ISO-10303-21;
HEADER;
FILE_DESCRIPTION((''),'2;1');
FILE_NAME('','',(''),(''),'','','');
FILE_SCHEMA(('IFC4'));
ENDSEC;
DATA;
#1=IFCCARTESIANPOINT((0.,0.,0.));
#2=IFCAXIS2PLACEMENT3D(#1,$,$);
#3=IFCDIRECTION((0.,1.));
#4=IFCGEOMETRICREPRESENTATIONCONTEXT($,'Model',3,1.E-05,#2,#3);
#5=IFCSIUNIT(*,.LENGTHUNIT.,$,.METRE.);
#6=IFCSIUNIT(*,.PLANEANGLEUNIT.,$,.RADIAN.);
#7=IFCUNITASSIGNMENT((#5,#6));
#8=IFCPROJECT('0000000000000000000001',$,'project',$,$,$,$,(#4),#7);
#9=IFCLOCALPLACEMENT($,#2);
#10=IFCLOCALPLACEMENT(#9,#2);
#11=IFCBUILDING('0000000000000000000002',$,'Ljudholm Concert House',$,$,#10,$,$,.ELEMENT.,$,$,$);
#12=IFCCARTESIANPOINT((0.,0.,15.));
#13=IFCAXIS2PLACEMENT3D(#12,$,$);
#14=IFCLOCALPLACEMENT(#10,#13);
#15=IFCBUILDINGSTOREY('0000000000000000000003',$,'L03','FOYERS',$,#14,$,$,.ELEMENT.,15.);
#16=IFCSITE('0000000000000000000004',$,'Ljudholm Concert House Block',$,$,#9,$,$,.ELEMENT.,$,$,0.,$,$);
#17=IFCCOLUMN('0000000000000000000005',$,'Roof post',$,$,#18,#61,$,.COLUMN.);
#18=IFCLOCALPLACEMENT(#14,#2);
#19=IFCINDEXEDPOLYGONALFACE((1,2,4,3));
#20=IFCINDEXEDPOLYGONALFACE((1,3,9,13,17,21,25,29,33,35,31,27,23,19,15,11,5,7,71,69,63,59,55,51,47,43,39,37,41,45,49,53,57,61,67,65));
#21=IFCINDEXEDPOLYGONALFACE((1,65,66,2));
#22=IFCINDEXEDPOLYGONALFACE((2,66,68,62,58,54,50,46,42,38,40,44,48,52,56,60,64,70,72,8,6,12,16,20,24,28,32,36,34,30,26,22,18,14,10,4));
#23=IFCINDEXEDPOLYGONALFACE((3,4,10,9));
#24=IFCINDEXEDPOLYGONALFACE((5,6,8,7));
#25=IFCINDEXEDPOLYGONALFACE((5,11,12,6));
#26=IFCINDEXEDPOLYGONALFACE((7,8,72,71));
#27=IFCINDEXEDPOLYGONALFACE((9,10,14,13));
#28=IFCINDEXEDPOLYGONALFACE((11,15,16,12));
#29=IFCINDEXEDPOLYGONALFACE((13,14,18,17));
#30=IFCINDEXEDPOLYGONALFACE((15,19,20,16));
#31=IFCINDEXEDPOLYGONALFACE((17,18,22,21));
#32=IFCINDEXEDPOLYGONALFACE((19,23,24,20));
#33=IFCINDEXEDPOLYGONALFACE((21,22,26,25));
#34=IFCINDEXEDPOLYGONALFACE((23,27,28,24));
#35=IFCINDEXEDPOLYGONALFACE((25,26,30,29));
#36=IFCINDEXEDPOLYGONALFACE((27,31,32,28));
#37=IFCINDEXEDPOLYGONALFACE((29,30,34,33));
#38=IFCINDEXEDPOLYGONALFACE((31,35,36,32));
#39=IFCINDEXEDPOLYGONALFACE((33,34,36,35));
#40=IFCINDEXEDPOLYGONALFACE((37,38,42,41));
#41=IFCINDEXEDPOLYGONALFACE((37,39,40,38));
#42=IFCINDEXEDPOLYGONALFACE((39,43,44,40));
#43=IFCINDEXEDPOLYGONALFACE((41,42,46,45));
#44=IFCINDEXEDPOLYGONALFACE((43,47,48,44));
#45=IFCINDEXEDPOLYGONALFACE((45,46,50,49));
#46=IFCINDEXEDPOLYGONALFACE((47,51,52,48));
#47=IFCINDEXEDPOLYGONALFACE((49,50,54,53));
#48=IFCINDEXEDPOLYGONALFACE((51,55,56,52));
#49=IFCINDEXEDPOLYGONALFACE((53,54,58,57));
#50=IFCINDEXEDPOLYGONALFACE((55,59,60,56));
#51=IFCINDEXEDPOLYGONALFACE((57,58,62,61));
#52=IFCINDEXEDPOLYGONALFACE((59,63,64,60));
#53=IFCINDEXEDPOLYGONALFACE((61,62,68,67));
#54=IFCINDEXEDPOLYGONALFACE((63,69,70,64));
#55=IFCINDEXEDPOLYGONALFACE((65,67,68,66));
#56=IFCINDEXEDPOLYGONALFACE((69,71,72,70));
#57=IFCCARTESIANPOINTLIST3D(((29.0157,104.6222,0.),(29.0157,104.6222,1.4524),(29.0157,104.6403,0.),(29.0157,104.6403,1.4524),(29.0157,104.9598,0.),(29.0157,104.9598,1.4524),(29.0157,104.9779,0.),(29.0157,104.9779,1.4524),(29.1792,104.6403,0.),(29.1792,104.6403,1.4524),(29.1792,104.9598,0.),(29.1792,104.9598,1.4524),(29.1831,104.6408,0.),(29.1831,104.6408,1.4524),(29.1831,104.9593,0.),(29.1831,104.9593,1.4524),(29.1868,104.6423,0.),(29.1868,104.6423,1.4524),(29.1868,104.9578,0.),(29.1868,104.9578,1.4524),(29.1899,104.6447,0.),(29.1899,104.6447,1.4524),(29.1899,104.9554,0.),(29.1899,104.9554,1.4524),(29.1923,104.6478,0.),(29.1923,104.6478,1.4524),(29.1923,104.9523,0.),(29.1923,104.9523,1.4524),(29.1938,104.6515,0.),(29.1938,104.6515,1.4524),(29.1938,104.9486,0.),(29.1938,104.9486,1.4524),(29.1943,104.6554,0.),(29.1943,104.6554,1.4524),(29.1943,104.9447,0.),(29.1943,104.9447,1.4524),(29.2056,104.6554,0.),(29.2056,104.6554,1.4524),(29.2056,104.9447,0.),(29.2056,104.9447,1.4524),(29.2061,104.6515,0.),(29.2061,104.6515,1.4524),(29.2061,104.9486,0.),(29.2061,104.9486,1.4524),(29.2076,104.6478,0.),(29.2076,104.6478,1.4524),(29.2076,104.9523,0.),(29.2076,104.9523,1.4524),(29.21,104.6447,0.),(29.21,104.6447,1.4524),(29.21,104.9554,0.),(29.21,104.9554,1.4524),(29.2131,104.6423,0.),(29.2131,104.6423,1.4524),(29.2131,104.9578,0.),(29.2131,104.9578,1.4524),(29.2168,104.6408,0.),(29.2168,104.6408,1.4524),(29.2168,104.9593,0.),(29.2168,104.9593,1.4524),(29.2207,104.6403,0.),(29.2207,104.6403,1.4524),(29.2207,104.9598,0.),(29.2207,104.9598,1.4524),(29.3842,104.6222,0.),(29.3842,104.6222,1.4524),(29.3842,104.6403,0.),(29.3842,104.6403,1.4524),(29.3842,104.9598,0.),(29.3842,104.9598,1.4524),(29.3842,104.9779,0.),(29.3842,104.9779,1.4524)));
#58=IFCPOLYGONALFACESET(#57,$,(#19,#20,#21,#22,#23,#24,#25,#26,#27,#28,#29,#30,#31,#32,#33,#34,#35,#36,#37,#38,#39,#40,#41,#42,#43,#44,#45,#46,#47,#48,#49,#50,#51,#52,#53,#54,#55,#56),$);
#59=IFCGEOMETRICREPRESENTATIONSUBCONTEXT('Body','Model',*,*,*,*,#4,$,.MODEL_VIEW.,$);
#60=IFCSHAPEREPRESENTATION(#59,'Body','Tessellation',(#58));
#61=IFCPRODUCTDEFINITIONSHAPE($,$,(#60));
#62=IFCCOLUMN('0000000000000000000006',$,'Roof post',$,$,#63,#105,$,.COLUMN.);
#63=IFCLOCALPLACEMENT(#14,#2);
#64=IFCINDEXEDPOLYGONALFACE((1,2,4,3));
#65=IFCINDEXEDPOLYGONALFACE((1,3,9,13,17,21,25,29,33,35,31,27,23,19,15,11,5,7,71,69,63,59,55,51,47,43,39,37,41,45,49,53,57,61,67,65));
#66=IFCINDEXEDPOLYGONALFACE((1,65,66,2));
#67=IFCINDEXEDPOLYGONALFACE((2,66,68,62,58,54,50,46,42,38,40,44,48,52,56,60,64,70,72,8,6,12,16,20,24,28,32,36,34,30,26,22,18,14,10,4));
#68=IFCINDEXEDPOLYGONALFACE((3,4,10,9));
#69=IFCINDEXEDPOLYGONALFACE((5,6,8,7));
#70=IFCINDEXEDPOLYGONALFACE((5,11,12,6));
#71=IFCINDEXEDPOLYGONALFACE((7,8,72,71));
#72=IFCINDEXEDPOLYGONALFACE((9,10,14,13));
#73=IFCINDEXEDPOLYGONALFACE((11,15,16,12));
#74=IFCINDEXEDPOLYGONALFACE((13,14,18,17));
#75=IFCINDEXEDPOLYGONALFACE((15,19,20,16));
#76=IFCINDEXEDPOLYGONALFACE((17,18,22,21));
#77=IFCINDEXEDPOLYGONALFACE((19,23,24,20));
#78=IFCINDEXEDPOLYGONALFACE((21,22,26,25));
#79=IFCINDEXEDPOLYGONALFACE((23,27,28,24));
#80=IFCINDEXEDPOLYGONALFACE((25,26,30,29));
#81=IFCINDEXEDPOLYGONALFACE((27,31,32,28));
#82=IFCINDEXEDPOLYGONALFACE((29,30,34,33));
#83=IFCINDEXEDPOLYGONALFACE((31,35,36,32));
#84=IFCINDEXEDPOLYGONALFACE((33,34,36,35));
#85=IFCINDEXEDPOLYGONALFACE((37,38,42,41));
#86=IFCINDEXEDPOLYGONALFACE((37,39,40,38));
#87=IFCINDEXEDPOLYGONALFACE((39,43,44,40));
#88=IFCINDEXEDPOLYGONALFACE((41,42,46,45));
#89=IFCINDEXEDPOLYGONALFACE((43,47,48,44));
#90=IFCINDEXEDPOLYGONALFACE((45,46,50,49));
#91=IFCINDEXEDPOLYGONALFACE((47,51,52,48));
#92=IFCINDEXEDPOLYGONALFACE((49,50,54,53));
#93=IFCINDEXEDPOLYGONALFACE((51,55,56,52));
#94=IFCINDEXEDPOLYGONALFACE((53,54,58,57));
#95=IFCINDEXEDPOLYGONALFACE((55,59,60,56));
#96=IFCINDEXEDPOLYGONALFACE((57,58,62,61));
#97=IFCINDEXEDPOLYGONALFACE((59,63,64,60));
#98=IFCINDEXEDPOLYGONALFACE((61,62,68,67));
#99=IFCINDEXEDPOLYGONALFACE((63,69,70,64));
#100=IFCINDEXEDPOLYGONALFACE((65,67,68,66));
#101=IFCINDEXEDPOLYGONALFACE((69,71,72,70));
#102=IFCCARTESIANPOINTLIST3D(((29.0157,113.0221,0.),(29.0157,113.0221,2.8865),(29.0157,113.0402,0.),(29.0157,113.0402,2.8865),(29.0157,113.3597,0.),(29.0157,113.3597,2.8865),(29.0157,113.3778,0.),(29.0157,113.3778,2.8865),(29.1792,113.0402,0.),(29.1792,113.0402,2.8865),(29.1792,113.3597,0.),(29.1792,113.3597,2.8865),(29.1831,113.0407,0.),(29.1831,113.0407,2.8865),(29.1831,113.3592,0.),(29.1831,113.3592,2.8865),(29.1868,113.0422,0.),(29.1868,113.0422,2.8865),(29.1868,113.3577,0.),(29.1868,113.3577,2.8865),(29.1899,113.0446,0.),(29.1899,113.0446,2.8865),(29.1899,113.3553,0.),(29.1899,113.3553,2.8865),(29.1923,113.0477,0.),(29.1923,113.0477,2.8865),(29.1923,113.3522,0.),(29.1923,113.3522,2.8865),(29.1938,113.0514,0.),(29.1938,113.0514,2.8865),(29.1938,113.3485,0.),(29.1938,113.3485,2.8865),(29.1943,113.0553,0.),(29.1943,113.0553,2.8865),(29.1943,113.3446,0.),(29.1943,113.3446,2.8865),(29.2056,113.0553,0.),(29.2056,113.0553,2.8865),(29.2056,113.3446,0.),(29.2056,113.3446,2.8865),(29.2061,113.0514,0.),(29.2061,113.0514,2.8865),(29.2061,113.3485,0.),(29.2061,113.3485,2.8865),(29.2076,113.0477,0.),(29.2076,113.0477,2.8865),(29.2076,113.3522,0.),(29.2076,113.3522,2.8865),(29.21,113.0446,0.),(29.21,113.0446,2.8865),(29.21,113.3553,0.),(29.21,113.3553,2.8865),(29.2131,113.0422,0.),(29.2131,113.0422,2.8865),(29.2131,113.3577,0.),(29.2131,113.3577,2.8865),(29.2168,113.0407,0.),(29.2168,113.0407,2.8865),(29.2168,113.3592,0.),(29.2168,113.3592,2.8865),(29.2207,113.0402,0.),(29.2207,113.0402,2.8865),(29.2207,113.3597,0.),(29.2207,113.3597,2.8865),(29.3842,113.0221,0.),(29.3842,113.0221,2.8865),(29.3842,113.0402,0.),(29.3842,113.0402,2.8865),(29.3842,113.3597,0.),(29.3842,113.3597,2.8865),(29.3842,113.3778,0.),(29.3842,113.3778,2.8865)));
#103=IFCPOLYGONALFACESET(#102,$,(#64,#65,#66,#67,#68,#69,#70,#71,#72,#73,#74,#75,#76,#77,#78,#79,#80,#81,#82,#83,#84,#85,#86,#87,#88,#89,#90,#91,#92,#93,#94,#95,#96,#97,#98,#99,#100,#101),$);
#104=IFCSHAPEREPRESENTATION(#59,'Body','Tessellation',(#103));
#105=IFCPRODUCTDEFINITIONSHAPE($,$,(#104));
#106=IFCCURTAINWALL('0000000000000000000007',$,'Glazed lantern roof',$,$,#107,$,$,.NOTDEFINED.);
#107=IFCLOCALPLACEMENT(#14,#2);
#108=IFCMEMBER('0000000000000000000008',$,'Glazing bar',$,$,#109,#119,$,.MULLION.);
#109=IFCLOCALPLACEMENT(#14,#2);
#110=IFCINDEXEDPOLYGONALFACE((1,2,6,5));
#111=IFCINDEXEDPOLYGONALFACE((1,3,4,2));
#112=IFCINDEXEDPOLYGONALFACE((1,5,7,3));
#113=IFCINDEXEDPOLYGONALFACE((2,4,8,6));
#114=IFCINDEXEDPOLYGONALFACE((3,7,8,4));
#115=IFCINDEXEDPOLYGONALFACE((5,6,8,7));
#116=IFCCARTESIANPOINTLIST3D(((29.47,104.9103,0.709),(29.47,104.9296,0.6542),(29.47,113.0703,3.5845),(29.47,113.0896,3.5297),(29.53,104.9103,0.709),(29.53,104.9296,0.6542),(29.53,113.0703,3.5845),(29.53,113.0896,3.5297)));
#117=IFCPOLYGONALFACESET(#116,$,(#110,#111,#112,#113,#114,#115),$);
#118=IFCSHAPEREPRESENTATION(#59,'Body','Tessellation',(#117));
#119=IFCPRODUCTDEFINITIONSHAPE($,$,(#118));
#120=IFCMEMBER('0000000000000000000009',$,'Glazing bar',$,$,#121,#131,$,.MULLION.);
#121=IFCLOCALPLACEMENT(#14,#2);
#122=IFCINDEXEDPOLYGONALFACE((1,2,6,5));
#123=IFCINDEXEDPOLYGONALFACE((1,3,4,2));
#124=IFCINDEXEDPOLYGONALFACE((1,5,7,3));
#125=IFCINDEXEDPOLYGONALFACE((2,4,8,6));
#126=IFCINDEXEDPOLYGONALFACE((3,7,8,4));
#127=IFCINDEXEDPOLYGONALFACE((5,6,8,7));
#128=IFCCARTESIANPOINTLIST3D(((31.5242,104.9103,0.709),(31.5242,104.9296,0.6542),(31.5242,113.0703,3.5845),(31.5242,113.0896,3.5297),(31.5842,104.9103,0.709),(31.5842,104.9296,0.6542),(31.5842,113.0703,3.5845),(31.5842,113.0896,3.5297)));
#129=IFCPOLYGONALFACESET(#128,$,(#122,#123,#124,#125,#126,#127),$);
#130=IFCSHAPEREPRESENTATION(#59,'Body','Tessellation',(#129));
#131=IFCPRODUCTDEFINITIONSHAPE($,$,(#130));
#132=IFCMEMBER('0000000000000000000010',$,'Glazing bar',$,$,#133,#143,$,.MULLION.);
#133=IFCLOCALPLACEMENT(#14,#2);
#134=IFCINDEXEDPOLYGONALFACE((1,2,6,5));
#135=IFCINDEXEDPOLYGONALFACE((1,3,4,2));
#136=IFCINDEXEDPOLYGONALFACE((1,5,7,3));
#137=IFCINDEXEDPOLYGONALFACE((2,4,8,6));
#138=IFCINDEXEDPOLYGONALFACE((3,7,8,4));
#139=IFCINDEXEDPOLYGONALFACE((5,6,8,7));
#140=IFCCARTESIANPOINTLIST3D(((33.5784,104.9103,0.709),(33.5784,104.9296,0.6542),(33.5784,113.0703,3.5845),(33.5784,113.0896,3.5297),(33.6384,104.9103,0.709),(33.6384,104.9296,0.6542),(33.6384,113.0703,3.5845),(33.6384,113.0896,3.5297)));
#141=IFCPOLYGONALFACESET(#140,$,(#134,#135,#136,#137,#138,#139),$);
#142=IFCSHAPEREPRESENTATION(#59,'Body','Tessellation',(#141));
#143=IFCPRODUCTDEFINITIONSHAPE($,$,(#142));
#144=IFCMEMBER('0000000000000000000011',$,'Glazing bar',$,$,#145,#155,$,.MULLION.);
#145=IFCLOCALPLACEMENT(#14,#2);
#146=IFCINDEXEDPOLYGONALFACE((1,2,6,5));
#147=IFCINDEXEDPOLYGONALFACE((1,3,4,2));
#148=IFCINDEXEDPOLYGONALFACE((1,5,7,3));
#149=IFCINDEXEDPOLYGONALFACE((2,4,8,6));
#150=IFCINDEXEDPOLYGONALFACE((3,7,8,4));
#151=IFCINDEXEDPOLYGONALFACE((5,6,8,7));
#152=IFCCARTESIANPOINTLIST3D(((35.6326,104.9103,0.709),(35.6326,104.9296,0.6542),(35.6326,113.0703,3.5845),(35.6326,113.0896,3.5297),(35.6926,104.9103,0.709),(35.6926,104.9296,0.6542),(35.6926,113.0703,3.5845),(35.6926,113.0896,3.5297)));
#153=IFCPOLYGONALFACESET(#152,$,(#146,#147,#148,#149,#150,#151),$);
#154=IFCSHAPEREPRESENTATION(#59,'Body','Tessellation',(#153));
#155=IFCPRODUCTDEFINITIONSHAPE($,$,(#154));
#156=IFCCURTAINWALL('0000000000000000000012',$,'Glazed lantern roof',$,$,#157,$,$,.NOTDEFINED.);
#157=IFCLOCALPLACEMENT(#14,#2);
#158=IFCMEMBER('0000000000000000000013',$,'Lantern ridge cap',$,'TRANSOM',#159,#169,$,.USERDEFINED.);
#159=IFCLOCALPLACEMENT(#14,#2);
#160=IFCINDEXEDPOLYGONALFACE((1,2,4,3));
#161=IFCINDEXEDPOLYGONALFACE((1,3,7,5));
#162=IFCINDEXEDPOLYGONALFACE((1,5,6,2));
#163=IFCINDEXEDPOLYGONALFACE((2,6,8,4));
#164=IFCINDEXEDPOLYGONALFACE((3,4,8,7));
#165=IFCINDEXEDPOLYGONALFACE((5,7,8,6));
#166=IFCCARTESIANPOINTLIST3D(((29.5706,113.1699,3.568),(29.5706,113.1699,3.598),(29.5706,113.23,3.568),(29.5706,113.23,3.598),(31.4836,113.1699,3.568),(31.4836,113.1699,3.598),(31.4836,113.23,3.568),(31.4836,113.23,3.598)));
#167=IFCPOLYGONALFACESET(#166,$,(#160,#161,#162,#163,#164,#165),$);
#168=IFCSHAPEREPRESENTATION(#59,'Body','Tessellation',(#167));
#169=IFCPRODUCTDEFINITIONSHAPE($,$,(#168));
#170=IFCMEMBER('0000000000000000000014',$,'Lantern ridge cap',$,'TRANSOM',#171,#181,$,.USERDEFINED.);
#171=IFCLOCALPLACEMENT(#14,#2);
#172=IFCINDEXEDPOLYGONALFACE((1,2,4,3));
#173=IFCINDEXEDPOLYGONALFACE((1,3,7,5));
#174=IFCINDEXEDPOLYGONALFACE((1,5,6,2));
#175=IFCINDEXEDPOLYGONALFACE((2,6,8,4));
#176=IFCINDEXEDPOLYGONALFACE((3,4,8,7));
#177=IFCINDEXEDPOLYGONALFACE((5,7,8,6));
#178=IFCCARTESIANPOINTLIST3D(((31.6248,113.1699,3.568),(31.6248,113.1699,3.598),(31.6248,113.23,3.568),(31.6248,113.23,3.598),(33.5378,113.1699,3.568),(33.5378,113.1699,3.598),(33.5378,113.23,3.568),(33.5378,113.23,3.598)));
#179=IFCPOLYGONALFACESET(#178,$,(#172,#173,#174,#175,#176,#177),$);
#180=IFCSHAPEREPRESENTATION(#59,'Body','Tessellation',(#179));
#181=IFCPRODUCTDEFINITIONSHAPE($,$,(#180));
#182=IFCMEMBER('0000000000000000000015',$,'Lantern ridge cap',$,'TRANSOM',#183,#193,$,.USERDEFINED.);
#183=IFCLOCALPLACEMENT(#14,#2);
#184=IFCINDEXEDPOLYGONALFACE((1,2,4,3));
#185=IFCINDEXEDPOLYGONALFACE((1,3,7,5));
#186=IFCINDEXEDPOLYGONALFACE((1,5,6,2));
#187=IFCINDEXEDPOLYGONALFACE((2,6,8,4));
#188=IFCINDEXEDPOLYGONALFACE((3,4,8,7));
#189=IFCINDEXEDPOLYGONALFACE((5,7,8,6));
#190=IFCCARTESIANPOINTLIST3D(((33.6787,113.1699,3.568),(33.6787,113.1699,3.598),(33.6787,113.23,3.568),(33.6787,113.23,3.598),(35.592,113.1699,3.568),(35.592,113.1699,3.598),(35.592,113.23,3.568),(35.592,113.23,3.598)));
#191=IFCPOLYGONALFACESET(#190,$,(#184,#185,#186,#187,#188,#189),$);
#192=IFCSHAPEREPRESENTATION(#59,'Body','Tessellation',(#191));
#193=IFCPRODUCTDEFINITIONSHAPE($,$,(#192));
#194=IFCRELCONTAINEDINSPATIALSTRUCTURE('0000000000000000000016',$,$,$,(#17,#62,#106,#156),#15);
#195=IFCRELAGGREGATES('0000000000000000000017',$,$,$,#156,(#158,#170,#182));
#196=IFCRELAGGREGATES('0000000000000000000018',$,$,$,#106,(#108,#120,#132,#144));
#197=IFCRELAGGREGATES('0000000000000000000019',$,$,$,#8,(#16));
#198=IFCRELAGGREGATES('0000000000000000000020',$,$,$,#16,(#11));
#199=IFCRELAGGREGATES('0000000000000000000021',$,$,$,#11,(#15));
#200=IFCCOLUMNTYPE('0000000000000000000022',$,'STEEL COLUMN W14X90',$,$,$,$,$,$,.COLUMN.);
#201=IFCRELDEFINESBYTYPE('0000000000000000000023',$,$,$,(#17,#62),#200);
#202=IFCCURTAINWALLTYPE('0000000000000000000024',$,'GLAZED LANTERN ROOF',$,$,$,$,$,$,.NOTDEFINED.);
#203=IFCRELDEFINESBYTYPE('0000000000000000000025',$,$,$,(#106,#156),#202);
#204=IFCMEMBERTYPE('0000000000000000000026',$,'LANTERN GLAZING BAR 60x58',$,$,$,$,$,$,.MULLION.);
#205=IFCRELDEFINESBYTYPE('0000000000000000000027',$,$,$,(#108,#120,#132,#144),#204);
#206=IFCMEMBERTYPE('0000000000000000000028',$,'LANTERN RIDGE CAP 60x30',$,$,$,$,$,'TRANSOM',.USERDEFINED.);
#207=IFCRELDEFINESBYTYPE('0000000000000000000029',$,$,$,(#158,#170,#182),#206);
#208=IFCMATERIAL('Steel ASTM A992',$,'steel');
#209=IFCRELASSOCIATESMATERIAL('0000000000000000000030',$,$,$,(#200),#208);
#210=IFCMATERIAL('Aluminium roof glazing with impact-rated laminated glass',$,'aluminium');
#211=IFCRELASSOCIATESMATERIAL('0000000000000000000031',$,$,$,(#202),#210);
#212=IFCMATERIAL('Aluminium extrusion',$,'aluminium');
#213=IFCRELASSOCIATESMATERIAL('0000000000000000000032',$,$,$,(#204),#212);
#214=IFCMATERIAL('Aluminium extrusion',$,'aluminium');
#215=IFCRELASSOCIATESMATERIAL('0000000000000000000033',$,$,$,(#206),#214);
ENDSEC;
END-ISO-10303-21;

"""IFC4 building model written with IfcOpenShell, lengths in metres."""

from ifc_helpers import new_model, si_unit, direction, frame, origin, origin_2d, place, context, subcontext, project, spatial, rectangle, i_section, extrude, material, material_profile, profile_set, type_object, element, aggregate, save


model = new_model("IFC4")

# Units and contexts
model_context = context("Model", 3, precision=1e-05, world=origin(), true_north=direction((0.0, 1.0)))
body_context = subcontext(model_context, "Body", "Model", "MODEL_VIEW")
ifc_project = project(units=[si_unit("LENGTHUNIT", "METRE"), si_unit("PLANEANGLEUNIT", "RADIAN")], contexts=[model_context])

# Site, building, storey
site_placement = place(None, origin())
site = spatial("IfcSite", under=ifc_project, at=site_placement, Name="Ljudholm Concert House Block", CompositionType="ELEMENT", RefElevation=0.0)
building_placement = place(site_placement, origin())
building = spatial("IfcBuilding", under=site, at=building_placement, Name="Ljudholm Concert House", CompositionType="ELEMENT")
storey_placement = place(building_placement, frame((0.0, 0.0, 15.0)))
storey = spatial("IfcBuildingStorey", under=building, at=storey_placement, Name="L03", Description="FOYERS", CompositionType="ELEMENT", Elevation=15.0)

# Columns
ifc_material_1 = material(Name="Steel ASTM A992", Category="steel")
ifc_material_profile_1 = material_profile(ifc_material_1, i_section(OverallWidth=0.3684, OverallDepth=0.3557, WebThickness=0.0112, FlangeThickness=0.0181, FilletRadius=0.0151, at=origin_2d()), Name="W14X90")
ifc_profile_set_1 = profile_set([ifc_material_profile_1], Name="Steel ASTM A992")
column_type = type_object("IfcColumnType", Name="STEEL COLUMN W14X90", PredefinedType="COLUMN", material=ifc_profile_set_1)
column_1_placement = place(storey_placement, frame((29.2, 104.8, 0.0), z_axis=(0.0, 0.0, 1.0), x_axis=(1.0, 0.0, 0.0)))
element("IfcColumn", 1, at=column_1_placement, inside=storey, type_object=column_type, Name="Roof post", PredefinedType="COLUMN", context=body_context, shape_type="SweptSolid", body=[
    extrude(i_section(OverallWidth=0.3684, OverallDepth=0.3557, WebThickness=0.0112, FlangeThickness=0.0181, FilletRadius=0.0151, at=origin_2d()), origin(), (0.0, 0.0, 1.0), 1.4524),
])
column_2_placement = place(storey_placement, frame((29.2, 113.2, 0.0), z_axis=(0.0, 0.0, 1.0), x_axis=(1.0, 0.0, 0.0)))
element("IfcColumn", 2, at=column_2_placement, inside=storey, type_object=column_type, Name="Roof post", PredefinedType="COLUMN", context=body_context, shape_type="SweptSolid", body=[
    extrude(i_section(OverallWidth=0.3684, OverallDepth=0.3557, WebThickness=0.0112, FlangeThickness=0.0181, FilletRadius=0.0151, at=origin_2d()), origin(), (0.0, 0.0, 1.0), 2.8865),
])

# Curtain walls, members
ifc_material_2 = material(Name="Aluminium roof glazing with impact-rated laminated glass", Category="aluminium")
curtain_wall_type = type_object("IfcCurtainWallType", Name="GLAZED LANTERN ROOF", PredefinedType="NOTDEFINED", material=ifc_material_2)
curtain_wall_1_placement = place(storey_placement, origin())
curtain_wall_1 = element("IfcCurtainWall", 3, at=curtain_wall_1_placement, inside=storey, type_object=curtain_wall_type, Name="Glazed lantern roof", PredefinedType="NOTDEFINED")
ifc_material_3 = material(Name="Aluminium extrusion", Category="aluminium")
ifc_material_profile_2 = material_profile(ifc_material_3, rectangle(XDim=0.0601, YDim=0.0581, at=origin_2d()), Name="LANTERN GLAZING BAR 60x58")
ifc_profile_set_2 = profile_set([ifc_material_profile_2], Name="Aluminium extrusion")
member_type_1 = type_object("IfcMemberType", Name="LANTERN GLAZING BAR 60x58", PredefinedType="MULLION", material=ifc_profile_set_2)
member_1_placement = place(storey_placement, frame((29.5, 104.9199, 0.6816), z_axis=(0.0, 0.943156, 0.332351), x_axis=(-1.0, 0.0, 0.0)))
member_1 = element("IfcMember", 4, at=member_1_placement, type_object=member_type_1, Name="Glazing bar", PredefinedType="MULLION", context=body_context, shape_type="SweptSolid", body=[
    extrude(rectangle(XDim=0.0601, YDim=0.0581, at=origin_2d()), origin(), (0.0, 0.0, 1.0), 8.6519),
])
member_2_placement = place(storey_placement, frame((31.5542, 104.9199, 0.6816), z_axis=(0.0, 0.943156, 0.332351), x_axis=(-1.0, 0.0, 0.0)))
member_2 = element("IfcMember", 5, at=member_2_placement, type_object=member_type_1, Name="Glazing bar", PredefinedType="MULLION", context=body_context, shape_type="SweptSolid", body=[
    extrude(rectangle(XDim=0.0601, YDim=0.0581, at=origin_2d()), origin(), (0.0, 0.0, 1.0), 8.6519),
])
member_3_placement = place(storey_placement, frame((33.6084, 104.9199, 0.6816), z_axis=(0.0, 0.943156, 0.332351), x_axis=(-1.0, 0.0, 0.0)))
member_3 = element("IfcMember", 6, at=member_3_placement, type_object=member_type_1, Name="Glazing bar", PredefinedType="MULLION", context=body_context, shape_type="SweptSolid", body=[
    extrude(rectangle(XDim=0.0601, YDim=0.0581, at=origin_2d()), origin(), (0.0, 0.0, 1.0), 8.6519),
])
member_4_placement = place(storey_placement, frame((35.6626, 104.9199, 0.6816), z_axis=(0.0, 0.943156, 0.332351), x_axis=(-1.0, 0.0, 0.0)))
member_4 = element("IfcMember", 7, at=member_4_placement, type_object=member_type_1, Name="Glazing bar", PredefinedType="MULLION", context=body_context, shape_type="SweptSolid", body=[
    extrude(rectangle(XDim=0.0601, YDim=0.0581, at=origin_2d()), origin(), (0.0, 0.0, 1.0), 8.6519),
])
curtain_wall_2_placement = place(storey_placement, origin())
curtain_wall_2 = element("IfcCurtainWall", 8, at=curtain_wall_2_placement, inside=storey, type_object=curtain_wall_type, Name="Glazed lantern roof", PredefinedType="NOTDEFINED")
ifc_material_4 = material(Name="Aluminium extrusion", Category="aluminium")
ifc_material_profile_3 = material_profile(ifc_material_4, rectangle(XDim=0.0601, YDim=0.03, at=origin_2d()), Name="LANTERN RIDGE CAP 60x30")
ifc_profile_set_3 = profile_set([ifc_material_profile_3], Name="Aluminium extrusion")
member_type_2 = type_object("IfcMemberType", Name="LANTERN RIDGE CAP 60x30", ElementType="TRANSOM", PredefinedType="USERDEFINED", material=ifc_profile_set_3)
member_5_placement = place(storey_placement, frame((29.5706, 113.2, 3.583), z_axis=(1.0, 0.0, 0.0), x_axis=(0.0, 1.0, 0.0)))
member_5 = element("IfcMember", 9, at=member_5_placement, type_object=member_type_2, Name="Lantern ridge cap", ObjectType="TRANSOM", PredefinedType="USERDEFINED", context=body_context, shape_type="SweptSolid", body=[
    extrude(rectangle(XDim=0.0601, YDim=0.03, at=origin_2d()), origin(), (0.0, 0.0, 1.0), 1.9131),
])
member_6_placement = place(storey_placement, frame((31.6248, 113.2, 3.583), z_axis=(1.0, 0.0, 0.0), x_axis=(0.0, 1.0, 0.0)))
member_6 = element("IfcMember", 10, at=member_6_placement, type_object=member_type_2, Name="Lantern ridge cap", ObjectType="TRANSOM", PredefinedType="USERDEFINED", context=body_context, shape_type="SweptSolid", body=[
    extrude(rectangle(XDim=0.0601, YDim=0.03, at=origin_2d()), origin(), (0.0, 0.0, 1.0), 1.9131),
])
member_7_placement = place(storey_placement, frame((33.6787, 113.2, 3.583), z_axis=(1.0, 0.0, 0.0), x_axis=(0.0, 1.0, 0.0)))
member_7 = element("IfcMember", 11, at=member_7_placement, type_object=member_type_2, Name="Lantern ridge cap", ObjectType="TRANSOM", PredefinedType="USERDEFINED", context=body_context, shape_type="SweptSolid", body=[
    extrude(rectangle(XDim=0.0601, YDim=0.03, at=origin_2d()), origin(), (0.0, 0.0, 1.0), 1.9133),
])
aggregate(curtain_wall_2, [member_5, member_6, member_7])

aggregate(curtain_wall_1, [member_1, member_2, member_3, member_4])

save(model, "model.ifc")
